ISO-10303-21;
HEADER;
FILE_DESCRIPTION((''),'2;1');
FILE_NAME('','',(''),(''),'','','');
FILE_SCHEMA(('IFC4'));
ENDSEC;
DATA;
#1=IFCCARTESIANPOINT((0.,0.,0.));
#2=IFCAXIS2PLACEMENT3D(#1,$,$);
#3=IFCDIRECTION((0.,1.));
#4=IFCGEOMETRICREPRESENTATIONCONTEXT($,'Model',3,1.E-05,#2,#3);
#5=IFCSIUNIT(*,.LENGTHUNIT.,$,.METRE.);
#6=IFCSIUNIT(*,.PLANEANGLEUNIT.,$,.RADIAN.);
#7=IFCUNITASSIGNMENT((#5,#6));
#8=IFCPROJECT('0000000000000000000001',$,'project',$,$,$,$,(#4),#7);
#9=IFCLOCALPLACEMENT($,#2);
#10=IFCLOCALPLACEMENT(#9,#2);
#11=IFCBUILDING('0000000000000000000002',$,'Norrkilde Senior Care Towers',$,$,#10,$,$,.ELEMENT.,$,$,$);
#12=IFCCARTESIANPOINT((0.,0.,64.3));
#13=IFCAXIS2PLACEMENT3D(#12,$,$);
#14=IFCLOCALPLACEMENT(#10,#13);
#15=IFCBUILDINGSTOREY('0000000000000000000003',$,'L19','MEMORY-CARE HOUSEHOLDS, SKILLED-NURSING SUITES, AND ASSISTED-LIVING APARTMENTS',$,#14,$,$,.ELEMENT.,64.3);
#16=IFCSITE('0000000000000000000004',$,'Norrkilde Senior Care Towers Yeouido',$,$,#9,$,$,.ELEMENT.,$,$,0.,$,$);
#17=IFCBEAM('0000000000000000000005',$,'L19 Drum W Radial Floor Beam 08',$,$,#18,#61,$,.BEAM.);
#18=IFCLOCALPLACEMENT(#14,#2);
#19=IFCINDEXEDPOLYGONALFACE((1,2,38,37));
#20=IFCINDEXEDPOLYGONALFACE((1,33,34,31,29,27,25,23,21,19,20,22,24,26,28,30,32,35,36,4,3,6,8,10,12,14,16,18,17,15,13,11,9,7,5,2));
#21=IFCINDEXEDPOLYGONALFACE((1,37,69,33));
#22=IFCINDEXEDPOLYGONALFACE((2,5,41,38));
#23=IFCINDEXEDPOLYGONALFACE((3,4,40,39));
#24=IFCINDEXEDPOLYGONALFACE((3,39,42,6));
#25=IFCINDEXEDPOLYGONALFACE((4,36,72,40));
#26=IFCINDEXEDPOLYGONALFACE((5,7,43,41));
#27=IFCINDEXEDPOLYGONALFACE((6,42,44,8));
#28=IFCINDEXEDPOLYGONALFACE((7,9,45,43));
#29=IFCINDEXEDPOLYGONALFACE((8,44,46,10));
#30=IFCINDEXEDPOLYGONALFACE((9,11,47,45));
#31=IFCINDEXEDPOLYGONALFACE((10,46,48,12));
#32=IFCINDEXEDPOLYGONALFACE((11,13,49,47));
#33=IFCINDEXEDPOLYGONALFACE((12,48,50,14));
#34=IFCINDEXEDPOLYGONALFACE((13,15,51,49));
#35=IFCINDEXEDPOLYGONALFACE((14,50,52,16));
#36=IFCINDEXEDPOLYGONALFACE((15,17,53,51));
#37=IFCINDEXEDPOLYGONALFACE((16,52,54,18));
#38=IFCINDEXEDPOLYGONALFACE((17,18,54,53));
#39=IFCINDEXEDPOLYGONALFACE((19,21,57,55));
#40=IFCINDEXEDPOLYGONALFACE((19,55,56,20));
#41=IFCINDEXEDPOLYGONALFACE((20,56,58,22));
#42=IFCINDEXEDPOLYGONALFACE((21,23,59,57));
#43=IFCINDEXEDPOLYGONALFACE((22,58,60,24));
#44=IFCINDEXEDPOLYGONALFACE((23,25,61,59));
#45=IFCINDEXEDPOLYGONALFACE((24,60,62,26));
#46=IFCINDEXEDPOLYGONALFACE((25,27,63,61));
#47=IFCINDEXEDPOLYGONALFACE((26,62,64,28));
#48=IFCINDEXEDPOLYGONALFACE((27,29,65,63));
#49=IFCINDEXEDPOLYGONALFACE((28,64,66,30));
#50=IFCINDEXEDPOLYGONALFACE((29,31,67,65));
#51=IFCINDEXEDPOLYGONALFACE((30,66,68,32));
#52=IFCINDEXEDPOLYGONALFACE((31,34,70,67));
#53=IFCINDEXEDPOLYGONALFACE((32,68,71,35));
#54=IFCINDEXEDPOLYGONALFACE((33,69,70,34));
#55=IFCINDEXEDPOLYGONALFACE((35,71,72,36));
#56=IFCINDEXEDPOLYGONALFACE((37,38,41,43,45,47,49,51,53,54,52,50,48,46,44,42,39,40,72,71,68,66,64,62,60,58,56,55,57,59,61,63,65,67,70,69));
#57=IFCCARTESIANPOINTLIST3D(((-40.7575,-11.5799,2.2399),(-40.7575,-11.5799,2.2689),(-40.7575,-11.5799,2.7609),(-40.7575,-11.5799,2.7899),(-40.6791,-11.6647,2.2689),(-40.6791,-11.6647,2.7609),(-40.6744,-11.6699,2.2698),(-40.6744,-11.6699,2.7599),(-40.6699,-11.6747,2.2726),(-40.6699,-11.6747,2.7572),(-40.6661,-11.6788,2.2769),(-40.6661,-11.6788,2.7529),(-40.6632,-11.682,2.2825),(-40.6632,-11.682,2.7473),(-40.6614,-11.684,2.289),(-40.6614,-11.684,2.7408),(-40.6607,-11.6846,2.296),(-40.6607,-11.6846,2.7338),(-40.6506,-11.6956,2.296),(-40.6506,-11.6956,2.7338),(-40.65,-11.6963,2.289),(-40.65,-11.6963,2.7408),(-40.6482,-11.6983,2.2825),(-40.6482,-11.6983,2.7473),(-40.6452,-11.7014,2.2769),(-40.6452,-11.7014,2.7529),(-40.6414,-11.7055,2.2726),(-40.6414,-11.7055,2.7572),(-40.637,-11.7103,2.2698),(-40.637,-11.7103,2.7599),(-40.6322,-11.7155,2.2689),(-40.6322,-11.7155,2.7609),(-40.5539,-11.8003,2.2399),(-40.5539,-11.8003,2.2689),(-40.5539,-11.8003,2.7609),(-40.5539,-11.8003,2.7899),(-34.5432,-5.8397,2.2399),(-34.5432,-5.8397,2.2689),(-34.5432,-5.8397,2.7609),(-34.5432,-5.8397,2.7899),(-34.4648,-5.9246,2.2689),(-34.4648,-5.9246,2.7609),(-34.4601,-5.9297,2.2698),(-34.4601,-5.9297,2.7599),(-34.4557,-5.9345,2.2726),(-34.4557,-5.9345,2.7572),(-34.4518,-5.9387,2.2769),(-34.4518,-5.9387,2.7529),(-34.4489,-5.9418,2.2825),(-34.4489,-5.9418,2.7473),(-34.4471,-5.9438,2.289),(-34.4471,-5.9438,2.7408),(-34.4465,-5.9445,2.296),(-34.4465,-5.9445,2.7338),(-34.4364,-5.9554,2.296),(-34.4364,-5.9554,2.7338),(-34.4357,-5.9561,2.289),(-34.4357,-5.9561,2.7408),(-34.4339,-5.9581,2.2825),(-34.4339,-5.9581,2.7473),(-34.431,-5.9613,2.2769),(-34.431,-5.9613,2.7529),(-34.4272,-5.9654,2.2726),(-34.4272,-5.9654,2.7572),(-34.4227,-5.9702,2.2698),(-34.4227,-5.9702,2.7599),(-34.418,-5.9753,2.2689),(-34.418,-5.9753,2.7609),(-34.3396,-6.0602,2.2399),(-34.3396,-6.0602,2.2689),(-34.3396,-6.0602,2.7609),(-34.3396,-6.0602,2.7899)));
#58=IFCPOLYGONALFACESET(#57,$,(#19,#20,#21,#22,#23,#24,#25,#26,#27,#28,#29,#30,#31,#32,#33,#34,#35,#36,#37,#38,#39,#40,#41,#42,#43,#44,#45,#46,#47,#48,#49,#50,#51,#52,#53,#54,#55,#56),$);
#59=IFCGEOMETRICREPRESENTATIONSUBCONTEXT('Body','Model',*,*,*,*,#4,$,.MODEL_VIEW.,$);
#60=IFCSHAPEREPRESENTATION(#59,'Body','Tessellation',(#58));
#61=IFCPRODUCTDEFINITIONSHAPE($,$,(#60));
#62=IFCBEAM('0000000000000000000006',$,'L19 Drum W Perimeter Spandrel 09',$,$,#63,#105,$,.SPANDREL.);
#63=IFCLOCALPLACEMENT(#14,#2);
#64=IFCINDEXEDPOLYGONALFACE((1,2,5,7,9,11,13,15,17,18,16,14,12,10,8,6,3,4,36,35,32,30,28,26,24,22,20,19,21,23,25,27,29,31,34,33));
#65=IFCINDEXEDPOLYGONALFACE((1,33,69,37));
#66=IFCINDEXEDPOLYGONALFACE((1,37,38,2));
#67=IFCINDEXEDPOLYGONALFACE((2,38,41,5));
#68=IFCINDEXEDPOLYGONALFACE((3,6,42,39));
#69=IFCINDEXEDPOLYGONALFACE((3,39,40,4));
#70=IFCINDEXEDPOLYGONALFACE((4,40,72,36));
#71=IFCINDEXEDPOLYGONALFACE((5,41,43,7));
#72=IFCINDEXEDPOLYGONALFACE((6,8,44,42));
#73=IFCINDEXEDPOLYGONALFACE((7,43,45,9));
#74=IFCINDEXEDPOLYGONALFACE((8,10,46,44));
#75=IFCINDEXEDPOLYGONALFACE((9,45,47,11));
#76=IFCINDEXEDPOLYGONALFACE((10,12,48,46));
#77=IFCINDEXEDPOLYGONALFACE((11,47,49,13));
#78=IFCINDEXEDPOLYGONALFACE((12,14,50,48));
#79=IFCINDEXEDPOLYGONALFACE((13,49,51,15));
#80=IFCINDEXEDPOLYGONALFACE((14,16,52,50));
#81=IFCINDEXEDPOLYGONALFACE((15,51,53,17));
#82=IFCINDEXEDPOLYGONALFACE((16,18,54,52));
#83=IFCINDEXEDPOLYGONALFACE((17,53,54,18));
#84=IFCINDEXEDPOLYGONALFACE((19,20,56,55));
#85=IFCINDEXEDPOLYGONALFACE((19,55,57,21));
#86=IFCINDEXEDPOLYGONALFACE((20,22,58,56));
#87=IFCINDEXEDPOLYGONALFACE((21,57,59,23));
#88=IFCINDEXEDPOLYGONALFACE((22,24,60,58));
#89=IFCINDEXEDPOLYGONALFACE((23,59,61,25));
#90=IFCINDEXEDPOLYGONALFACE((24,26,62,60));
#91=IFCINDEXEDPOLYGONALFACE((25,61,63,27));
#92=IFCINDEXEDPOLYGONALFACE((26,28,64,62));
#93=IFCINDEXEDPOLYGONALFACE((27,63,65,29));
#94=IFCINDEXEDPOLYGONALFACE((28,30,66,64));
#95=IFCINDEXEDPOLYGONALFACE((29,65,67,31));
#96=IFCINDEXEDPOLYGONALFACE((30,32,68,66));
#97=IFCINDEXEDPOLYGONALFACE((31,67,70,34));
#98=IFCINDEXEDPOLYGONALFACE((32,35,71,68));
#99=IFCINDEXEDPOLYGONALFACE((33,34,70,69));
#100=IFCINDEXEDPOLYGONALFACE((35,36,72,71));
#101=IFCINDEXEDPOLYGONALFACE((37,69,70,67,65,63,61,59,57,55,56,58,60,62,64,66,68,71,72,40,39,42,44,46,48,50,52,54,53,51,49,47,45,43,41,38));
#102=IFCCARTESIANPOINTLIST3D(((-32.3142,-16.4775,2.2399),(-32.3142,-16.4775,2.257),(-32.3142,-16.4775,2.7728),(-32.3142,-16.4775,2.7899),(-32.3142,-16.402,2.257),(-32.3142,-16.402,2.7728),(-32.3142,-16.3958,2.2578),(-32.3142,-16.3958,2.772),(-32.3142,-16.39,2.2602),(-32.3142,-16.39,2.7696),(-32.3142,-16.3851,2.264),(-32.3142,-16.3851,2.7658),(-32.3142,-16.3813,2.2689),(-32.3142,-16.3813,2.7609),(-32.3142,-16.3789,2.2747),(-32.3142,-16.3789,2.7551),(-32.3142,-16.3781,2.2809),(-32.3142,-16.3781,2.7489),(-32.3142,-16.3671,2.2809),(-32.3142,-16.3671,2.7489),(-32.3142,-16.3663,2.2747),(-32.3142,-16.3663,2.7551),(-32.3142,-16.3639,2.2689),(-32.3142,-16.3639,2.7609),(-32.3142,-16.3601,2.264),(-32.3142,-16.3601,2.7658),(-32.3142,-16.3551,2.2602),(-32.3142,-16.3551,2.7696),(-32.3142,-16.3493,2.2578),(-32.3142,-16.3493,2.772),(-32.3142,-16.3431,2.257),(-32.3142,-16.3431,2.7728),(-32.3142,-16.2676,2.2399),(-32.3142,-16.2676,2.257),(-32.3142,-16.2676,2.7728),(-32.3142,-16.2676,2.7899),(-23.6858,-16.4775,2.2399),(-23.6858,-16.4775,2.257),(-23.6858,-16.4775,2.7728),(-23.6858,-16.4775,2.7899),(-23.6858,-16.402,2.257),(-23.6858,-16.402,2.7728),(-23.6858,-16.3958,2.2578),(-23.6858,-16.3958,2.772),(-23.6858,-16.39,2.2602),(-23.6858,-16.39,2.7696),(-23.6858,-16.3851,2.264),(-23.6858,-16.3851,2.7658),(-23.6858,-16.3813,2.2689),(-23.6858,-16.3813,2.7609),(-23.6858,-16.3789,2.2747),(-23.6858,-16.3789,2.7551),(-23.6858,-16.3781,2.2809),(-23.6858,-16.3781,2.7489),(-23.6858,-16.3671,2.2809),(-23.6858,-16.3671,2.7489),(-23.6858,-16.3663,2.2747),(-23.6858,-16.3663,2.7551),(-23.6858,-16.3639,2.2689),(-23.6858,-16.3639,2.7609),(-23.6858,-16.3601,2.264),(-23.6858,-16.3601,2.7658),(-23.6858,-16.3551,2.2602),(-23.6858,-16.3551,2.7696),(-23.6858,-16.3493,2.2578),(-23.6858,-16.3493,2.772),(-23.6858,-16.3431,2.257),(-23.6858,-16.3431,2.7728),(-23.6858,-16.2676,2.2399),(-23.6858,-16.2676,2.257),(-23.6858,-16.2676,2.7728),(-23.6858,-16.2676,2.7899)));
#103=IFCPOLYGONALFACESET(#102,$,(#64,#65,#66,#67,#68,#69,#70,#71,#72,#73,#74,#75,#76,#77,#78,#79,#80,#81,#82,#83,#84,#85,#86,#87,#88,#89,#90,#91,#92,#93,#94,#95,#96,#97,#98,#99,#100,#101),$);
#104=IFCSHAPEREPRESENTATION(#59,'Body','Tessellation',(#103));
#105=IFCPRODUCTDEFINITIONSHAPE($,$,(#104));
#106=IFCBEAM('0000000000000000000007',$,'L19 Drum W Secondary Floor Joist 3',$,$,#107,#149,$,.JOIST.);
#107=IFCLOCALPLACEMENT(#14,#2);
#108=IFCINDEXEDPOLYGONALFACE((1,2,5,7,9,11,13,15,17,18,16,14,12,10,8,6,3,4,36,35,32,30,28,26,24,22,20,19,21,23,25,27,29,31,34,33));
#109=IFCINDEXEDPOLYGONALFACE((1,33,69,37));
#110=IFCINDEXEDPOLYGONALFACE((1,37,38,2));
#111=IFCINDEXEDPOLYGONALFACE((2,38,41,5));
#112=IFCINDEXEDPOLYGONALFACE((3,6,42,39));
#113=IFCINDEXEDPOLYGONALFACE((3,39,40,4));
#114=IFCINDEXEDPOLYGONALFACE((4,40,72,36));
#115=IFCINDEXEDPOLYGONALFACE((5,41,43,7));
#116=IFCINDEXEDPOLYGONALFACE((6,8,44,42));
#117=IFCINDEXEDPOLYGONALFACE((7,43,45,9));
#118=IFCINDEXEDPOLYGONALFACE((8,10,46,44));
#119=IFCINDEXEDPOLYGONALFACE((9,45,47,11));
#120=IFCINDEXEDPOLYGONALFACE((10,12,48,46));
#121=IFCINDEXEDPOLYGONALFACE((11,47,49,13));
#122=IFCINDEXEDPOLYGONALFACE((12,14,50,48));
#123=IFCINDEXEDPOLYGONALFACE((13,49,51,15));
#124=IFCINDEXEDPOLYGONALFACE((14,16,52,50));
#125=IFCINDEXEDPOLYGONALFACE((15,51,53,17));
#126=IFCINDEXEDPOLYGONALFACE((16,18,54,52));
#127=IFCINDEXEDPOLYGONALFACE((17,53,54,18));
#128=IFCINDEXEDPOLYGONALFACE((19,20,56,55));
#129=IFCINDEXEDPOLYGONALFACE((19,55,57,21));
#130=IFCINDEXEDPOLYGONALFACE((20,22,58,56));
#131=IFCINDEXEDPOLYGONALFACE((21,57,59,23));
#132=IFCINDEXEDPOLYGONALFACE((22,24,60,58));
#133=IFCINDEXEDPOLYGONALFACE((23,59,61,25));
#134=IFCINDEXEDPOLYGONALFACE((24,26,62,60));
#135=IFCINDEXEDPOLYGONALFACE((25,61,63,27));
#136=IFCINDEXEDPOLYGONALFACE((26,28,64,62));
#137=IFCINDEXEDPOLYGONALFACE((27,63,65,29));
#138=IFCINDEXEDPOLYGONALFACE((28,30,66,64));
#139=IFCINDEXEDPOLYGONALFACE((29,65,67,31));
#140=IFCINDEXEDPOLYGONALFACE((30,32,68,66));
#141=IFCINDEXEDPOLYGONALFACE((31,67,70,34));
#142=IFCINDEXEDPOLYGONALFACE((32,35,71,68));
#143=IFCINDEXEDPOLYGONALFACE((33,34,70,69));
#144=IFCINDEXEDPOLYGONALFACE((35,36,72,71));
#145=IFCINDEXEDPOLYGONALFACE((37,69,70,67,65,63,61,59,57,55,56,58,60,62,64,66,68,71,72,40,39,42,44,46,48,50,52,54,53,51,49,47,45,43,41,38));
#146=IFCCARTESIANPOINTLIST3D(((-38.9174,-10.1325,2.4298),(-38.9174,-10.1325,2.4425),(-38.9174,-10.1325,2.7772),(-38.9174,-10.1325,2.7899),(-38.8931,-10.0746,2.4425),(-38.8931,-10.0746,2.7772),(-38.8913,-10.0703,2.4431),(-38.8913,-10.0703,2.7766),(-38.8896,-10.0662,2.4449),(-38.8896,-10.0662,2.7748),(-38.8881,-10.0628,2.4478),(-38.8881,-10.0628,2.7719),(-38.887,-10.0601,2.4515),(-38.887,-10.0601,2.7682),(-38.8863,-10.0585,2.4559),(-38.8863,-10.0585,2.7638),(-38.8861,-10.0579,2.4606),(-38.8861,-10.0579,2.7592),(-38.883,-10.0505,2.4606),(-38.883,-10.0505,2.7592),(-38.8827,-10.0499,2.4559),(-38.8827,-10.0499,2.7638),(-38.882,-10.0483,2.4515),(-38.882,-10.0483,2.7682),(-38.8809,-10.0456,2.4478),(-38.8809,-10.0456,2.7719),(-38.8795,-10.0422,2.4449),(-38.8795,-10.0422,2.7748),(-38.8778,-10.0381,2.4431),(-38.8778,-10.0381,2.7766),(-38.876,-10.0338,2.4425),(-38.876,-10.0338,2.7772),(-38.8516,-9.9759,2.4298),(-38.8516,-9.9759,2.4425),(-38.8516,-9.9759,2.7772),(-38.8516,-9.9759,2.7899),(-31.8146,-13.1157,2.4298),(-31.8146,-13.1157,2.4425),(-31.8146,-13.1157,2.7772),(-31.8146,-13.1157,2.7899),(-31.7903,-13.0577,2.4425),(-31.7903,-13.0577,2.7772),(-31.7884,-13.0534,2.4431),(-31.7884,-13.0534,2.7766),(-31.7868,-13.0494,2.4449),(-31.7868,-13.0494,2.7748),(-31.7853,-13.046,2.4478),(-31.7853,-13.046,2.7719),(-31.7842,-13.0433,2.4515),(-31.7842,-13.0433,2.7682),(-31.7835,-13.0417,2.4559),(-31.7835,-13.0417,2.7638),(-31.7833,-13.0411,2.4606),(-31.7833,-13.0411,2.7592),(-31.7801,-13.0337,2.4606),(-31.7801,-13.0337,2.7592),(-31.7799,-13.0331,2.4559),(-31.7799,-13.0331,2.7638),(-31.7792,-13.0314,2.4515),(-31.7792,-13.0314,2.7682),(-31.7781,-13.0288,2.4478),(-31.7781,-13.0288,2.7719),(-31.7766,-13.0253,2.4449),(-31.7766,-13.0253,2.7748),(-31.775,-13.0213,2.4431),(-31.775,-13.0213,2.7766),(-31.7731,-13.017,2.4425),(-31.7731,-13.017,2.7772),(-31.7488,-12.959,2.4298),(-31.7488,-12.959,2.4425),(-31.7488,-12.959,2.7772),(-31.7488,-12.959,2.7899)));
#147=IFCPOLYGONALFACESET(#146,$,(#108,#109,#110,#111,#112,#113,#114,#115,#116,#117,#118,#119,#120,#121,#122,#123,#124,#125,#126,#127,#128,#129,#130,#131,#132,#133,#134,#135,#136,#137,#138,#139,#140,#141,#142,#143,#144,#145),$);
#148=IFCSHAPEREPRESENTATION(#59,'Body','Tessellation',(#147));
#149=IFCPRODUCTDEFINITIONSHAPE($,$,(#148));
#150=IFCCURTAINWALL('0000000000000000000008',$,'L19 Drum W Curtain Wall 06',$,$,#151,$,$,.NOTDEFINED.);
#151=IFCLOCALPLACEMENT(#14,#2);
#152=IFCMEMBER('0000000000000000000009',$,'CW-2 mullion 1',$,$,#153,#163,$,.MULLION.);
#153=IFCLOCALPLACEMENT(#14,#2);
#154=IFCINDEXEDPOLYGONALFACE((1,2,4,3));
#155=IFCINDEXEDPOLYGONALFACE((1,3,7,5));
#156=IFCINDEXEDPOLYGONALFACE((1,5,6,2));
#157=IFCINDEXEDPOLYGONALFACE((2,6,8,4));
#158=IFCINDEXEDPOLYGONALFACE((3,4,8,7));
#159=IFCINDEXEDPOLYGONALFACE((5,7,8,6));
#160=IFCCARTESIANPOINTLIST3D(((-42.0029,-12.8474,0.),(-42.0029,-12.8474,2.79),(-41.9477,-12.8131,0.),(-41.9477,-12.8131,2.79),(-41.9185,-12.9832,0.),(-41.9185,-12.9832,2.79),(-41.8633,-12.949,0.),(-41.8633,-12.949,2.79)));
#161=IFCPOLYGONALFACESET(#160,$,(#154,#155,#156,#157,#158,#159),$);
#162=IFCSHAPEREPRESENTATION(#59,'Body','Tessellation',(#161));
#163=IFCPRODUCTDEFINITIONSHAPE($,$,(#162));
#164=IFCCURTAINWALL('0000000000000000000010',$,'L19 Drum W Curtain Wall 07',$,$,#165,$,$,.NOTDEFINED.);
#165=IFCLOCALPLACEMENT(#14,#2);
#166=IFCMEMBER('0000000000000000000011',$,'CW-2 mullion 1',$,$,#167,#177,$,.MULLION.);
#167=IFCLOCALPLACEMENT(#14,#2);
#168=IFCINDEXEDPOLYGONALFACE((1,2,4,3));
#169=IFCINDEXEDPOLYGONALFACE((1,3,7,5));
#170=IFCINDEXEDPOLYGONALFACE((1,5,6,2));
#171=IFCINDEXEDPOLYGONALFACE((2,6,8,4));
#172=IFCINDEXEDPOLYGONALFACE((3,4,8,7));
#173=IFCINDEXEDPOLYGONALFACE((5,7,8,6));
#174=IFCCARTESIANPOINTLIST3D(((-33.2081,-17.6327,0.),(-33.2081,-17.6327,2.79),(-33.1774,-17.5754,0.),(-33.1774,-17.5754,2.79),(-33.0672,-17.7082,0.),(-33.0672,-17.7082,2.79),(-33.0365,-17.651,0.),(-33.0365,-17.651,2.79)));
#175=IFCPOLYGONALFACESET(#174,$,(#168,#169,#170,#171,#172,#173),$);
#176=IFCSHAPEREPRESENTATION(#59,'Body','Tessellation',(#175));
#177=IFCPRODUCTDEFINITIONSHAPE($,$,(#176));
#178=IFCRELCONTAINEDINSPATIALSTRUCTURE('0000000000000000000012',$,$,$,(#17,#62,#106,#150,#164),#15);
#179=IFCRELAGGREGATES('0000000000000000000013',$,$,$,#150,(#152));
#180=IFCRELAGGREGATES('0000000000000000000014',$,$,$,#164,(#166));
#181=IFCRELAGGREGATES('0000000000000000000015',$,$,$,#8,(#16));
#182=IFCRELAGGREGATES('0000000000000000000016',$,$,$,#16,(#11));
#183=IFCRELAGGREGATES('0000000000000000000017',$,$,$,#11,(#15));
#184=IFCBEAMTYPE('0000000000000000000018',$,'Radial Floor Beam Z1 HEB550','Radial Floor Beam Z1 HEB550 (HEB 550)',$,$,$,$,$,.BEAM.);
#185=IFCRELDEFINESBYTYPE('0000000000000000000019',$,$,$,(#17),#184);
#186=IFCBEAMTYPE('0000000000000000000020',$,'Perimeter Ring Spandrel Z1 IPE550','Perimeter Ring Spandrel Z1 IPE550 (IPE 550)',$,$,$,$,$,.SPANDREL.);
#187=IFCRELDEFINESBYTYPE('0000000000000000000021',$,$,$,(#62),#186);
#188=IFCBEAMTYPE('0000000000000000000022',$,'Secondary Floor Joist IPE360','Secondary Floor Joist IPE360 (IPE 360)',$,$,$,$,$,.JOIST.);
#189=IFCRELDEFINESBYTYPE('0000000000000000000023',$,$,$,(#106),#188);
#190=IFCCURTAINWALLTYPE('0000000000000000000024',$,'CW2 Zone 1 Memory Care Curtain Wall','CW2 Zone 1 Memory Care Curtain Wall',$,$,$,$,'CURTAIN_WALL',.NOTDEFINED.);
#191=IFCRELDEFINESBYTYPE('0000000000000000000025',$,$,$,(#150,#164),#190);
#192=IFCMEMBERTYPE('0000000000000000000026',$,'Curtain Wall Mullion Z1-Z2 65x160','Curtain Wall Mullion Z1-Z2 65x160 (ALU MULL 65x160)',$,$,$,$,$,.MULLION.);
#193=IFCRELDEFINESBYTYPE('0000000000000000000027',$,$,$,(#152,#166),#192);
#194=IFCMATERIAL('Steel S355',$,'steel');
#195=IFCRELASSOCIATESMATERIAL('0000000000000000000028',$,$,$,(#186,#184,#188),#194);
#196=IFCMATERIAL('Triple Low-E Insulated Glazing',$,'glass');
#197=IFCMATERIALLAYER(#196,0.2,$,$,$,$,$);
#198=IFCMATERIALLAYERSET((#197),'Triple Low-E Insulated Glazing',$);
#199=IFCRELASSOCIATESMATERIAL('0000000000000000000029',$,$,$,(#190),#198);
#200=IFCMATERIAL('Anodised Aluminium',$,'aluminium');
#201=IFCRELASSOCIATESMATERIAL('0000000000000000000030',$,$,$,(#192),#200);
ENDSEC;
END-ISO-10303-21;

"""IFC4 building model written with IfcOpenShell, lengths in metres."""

from ifc_helpers import new_model, si_unit, direction, frame, origin, origin_2d, place, context, subcontext, project, spatial, rectangle, i_section, extrude, source, transform, mapped, material, layer, layer_set, material_profile, profile_set, type_object, type_shapes, element, aggregate, save


model = new_model("IFC4")

# Units and contexts
model_context = context("Model", 3, precision=1e-05, world=origin(), true_north=direction((0.0, 1.0)))
body_context = subcontext(model_context, "Body", "Model", "MODEL_VIEW")
ifc_project = project(units=[si_unit("LENGTHUNIT", "METRE"), si_unit("PLANEANGLEUNIT", "RADIAN")], contexts=[model_context])

# Site, building, storey
site_placement = place(None, origin())
site = spatial("IfcSite", under=ifc_project, at=site_placement, Name="Norrkilde Senior Care Towers Yeouido", CompositionType="ELEMENT", RefElevation=0.0)
building_placement = place(site_placement, origin())
building = spatial("IfcBuilding", under=site, at=building_placement, Name="Norrkilde Senior Care Towers", CompositionType="ELEMENT")
storey_placement = place(building_placement, frame((0.0, 0.0, 64.3)))
storey = spatial("IfcBuildingStorey", under=building, at=storey_placement, Name="L19", Description="MEMORY-CARE HOUSEHOLDS, SKILLED-NURSING SUITES, AND ASSISTED-LIVING APARTMENTS", CompositionType="ELEMENT", Elevation=64.3)

# Beams
ifc_material_1 = material(Name="Steel S355", Category="steel")
ifc_material_profile_1 = material_profile(ifc_material_1, i_section(OverallWidth=0.21, OverallDepth=0.55, WebThickness=0.011, FlangeThickness=0.0171, FilletRadius=0.0239, at=origin_2d()), Name="IPE 550")
ifc_profile_set_1 = profile_set([ifc_material_profile_1], Name="Steel S355")
beam_type_1 = type_object("IfcBeamType", Name="Perimeter Ring Spandrel Z1 IPE550", Description="Perimeter Ring Spandrel Z1 IPE550 (IPE 550)", PredefinedType="SPANDREL", material=ifc_profile_set_1)
ifc_material_profile_2 = material_profile(ifc_material_1, i_section(OverallWidth=0.3, OverallDepth=0.55, WebThickness=0.0149, FlangeThickness=0.0291, FilletRadius=0.0271, at=origin_2d()), Name="HEB 550")
ifc_profile_set_2 = profile_set([ifc_material_profile_2], Name="Steel S355")
beam_type_2 = type_object("IfcBeamType", Name="Radial Floor Beam Z1 HEB550", Description="Radial Floor Beam Z1 HEB550 (HEB 550)", PredefinedType="BEAM", material=ifc_profile_set_2)
shared_shape_1 = source(origin(), body_context, "Body", "SweptSolid", [
    extrude(i_section(OverallWidth=0.3, OverallDepth=0.55, WebThickness=0.0149, FlangeThickness=0.0291, FilletRadius=0.0271, at=origin_2d()), origin(), (0.0, 0.0, 1.0), 8.4597),
])
type_shapes(beam_type_2, [shared_shape_1])
beam_1_placement = place(storey_placement, frame((-34.4414, -5.95, 2.5149), z_axis=(-0.734573, -0.678529, 0.0), x_axis=(0.678529, -0.734573, 0.0)))
element("IfcBeam", 1, at=beam_1_placement, inside=storey, type_object=beam_type_2, Name="L19 Drum W Radial Floor Beam 08", PredefinedType="BEAM", context=body_context, shape_type="MappedRepresentation", body=[
    mapped(shared_shape_1, transform((0.0, 0.0, 0.0), x_axis=(1.0, 0.0, 0.0), y_axis=(0.0, 1.0, 0.0), z_axis=(0.0, 0.0, 1.0), scale=1.0)),
])
shared_shape_2 = source(origin(), body_context, "Body", "SweptSolid", [
    extrude(i_section(OverallWidth=0.21, OverallDepth=0.55, WebThickness=0.011, FlangeThickness=0.0171, FilletRadius=0.0239, at=origin_2d()), origin(), (0.0, 0.0, 1.0), 8.6284),
])
beam_2_placement = place(storey_placement, frame((-32.3142, -16.3726, 2.5149), z_axis=(1.0, 0.0, 0.0), x_axis=(0.0, 1.0, 0.0)))
element("IfcBeam", 2, at=beam_2_placement, inside=storey, type_object=beam_type_1, Name="L19 Drum W Perimeter Spandrel 09", PredefinedType="SPANDREL", context=body_context, shape_type="MappedRepresentation", body=[
    mapped(shared_shape_2, transform((0.0, 0.0, 0.0), x_axis=(1.0, 0.0, 0.0), y_axis=(0.0, 1.0, 0.0), z_axis=(0.0, 0.0, 1.0), scale=1.0)),
])
ifc_material_profile_3 = material_profile(ifc_material_1, i_section(OverallWidth=0.1699, OverallDepth=0.3601, WebThickness=0.0081, FlangeThickness=0.0127, FilletRadius=0.0181, at=origin_2d()), Name="IPE 360")
ifc_profile_set_3 = profile_set([ifc_material_profile_3], Name="Steel S355")
beam_type_3 = type_object("IfcBeamType", Name="Secondary Floor Joist IPE360", Description="Secondary Floor Joist IPE360 (IPE 360)", PredefinedType="JOIST", material=ifc_profile_set_3)
shared_shape_3 = source(origin(), body_context, "Body", "SweptSolid", [
    extrude(i_section(OverallWidth=0.1699, OverallDepth=0.3601, WebThickness=0.0081, FlangeThickness=0.0127, FilletRadius=0.0181, at=origin_2d()), origin(), (0.0, 0.0, 1.0), 7.7039),
])
type_shapes(beam_type_3, [shared_shape_3])
beam_3_placement = place(storey_placement, frame((-38.8845, -10.0542, 2.6099), z_axis=(0.921983, -0.387231, 0.0), x_axis=(0.387231, 0.921983, 0.0)))
element("IfcBeam", 3, at=beam_3_placement, inside=storey, type_object=beam_type_3, Name="L19 Drum W Secondary Floor Joist 3", PredefinedType="JOIST", context=body_context, shape_type="MappedRepresentation", body=[
    mapped(shared_shape_3, transform((0.0, 0.0, 0.0), x_axis=(1.0, 0.0, 0.0), y_axis=(0.0, 1.0, 0.0), z_axis=(0.0, 0.0, 1.0), scale=1.0)),
])

# Curtain wall, member
ifc_material_2 = material(Name="Triple Low-E Insulated Glazing", Category="glass")
ifc_layer_1 = layer(ifc_material_2, 0.2)
ifc_layer_set_1 = layer_set([ifc_layer_1], Name="Triple Low-E Insulated Glazing")
curtain_wall_type = type_object("IfcCurtainWallType", Name="CW2 Zone 1 Memory Care Curtain Wall", Description="CW2 Zone 1 Memory Care Curtain Wall", ElementType="CURTAIN_WALL", PredefinedType="NOTDEFINED", material=ifc_layer_set_1)
curtain_wall_1_placement = place(storey_placement, origin())
curtain_wall_1 = element("IfcCurtainWall", 4, at=curtain_wall_1_placement, inside=storey, type_object=curtain_wall_type, Name="L19 Drum W Curtain Wall 06", PredefinedType="NOTDEFINED")
ifc_material_3 = material(Name="Anodised Aluminium", Category="aluminium")
ifc_material_profile_4 = material_profile(ifc_material_3, rectangle(XDim=0.0649, YDim=0.1599, at=origin_2d()), Name="ALU MULL 65x160")
ifc_profile_set_4 = profile_set([ifc_material_profile_4], Name="Anodised Aluminium")
member_type_1 = type_object("IfcMemberType", Name="Curtain Wall Mullion Z1-Z2 65x160", Description="Curtain Wall Mullion Z1-Z2 65x160 (ALU MULL 65x160)", PredefinedType="MULLION", material=ifc_profile_set_4)
shared_shape_4 = source(origin(), body_context, "Body", "SweptSolid", [
    extrude(rectangle(XDim=0.0649, YDim=0.1599, at=origin_2d()), origin(), (0.0, 0.0, 1.0), 2.79),
])
type_shapes(member_type_1, [shared_shape_4])
member_1_placement = place(storey_placement, frame((-41.9331, -12.8982, 0.0), z_axis=(0.0, 0.0, 1.0), x_axis=(-0.849306, -0.527901, 0.0)))
member_1 = element("IfcMember", 5, at=member_1_placement, type_object=member_type_1, Name="CW-2 mullion 1", PredefinedType="MULLION", context=body_context, shape_type="MappedRepresentation", body=[
    mapped(shared_shape_4, transform((0.0, 0.0, 0.0), x_axis=(1.0, 0.0, 0.0), y_axis=(0.0, 1.0, 0.0), z_axis=(0.0, 0.0, 1.0), scale=1.0)),
])

# Curtain wall, member
curtain_wall_2_placement = place(storey_placement, origin())
curtain_wall_2 = element("IfcCurtainWall", 6, at=curtain_wall_2_placement, inside=storey, type_object=curtain_wall_type, Name="L19 Drum W Curtain Wall 07", PredefinedType="NOTDEFINED")
member_2_placement = place(storey_placement, frame((-33.1223, -17.6418, 0.0), z_axis=(0.0, 0.0, 1.0), x_axis=(-0.472608, -0.881273, 0.0)))
member_2 = element("IfcMember", 7, at=member_2_placement, type_object=member_type_1, Name="CW-2 mullion 1", PredefinedType="MULLION", context=body_context, shape_type="MappedRepresentation", body=[
    mapped(shared_shape_4, transform((0.0, 0.0, 0.0), x_axis=(1.0, 0.0, 0.0), y_axis=(0.0, 1.0, 0.0), z_axis=(0.0, 0.0, 1.0), scale=1.0)),
])

aggregate(curtain_wall_1, [member_1])
aggregate(curtain_wall_2, [member_2])

save(model, "model.ifc")
